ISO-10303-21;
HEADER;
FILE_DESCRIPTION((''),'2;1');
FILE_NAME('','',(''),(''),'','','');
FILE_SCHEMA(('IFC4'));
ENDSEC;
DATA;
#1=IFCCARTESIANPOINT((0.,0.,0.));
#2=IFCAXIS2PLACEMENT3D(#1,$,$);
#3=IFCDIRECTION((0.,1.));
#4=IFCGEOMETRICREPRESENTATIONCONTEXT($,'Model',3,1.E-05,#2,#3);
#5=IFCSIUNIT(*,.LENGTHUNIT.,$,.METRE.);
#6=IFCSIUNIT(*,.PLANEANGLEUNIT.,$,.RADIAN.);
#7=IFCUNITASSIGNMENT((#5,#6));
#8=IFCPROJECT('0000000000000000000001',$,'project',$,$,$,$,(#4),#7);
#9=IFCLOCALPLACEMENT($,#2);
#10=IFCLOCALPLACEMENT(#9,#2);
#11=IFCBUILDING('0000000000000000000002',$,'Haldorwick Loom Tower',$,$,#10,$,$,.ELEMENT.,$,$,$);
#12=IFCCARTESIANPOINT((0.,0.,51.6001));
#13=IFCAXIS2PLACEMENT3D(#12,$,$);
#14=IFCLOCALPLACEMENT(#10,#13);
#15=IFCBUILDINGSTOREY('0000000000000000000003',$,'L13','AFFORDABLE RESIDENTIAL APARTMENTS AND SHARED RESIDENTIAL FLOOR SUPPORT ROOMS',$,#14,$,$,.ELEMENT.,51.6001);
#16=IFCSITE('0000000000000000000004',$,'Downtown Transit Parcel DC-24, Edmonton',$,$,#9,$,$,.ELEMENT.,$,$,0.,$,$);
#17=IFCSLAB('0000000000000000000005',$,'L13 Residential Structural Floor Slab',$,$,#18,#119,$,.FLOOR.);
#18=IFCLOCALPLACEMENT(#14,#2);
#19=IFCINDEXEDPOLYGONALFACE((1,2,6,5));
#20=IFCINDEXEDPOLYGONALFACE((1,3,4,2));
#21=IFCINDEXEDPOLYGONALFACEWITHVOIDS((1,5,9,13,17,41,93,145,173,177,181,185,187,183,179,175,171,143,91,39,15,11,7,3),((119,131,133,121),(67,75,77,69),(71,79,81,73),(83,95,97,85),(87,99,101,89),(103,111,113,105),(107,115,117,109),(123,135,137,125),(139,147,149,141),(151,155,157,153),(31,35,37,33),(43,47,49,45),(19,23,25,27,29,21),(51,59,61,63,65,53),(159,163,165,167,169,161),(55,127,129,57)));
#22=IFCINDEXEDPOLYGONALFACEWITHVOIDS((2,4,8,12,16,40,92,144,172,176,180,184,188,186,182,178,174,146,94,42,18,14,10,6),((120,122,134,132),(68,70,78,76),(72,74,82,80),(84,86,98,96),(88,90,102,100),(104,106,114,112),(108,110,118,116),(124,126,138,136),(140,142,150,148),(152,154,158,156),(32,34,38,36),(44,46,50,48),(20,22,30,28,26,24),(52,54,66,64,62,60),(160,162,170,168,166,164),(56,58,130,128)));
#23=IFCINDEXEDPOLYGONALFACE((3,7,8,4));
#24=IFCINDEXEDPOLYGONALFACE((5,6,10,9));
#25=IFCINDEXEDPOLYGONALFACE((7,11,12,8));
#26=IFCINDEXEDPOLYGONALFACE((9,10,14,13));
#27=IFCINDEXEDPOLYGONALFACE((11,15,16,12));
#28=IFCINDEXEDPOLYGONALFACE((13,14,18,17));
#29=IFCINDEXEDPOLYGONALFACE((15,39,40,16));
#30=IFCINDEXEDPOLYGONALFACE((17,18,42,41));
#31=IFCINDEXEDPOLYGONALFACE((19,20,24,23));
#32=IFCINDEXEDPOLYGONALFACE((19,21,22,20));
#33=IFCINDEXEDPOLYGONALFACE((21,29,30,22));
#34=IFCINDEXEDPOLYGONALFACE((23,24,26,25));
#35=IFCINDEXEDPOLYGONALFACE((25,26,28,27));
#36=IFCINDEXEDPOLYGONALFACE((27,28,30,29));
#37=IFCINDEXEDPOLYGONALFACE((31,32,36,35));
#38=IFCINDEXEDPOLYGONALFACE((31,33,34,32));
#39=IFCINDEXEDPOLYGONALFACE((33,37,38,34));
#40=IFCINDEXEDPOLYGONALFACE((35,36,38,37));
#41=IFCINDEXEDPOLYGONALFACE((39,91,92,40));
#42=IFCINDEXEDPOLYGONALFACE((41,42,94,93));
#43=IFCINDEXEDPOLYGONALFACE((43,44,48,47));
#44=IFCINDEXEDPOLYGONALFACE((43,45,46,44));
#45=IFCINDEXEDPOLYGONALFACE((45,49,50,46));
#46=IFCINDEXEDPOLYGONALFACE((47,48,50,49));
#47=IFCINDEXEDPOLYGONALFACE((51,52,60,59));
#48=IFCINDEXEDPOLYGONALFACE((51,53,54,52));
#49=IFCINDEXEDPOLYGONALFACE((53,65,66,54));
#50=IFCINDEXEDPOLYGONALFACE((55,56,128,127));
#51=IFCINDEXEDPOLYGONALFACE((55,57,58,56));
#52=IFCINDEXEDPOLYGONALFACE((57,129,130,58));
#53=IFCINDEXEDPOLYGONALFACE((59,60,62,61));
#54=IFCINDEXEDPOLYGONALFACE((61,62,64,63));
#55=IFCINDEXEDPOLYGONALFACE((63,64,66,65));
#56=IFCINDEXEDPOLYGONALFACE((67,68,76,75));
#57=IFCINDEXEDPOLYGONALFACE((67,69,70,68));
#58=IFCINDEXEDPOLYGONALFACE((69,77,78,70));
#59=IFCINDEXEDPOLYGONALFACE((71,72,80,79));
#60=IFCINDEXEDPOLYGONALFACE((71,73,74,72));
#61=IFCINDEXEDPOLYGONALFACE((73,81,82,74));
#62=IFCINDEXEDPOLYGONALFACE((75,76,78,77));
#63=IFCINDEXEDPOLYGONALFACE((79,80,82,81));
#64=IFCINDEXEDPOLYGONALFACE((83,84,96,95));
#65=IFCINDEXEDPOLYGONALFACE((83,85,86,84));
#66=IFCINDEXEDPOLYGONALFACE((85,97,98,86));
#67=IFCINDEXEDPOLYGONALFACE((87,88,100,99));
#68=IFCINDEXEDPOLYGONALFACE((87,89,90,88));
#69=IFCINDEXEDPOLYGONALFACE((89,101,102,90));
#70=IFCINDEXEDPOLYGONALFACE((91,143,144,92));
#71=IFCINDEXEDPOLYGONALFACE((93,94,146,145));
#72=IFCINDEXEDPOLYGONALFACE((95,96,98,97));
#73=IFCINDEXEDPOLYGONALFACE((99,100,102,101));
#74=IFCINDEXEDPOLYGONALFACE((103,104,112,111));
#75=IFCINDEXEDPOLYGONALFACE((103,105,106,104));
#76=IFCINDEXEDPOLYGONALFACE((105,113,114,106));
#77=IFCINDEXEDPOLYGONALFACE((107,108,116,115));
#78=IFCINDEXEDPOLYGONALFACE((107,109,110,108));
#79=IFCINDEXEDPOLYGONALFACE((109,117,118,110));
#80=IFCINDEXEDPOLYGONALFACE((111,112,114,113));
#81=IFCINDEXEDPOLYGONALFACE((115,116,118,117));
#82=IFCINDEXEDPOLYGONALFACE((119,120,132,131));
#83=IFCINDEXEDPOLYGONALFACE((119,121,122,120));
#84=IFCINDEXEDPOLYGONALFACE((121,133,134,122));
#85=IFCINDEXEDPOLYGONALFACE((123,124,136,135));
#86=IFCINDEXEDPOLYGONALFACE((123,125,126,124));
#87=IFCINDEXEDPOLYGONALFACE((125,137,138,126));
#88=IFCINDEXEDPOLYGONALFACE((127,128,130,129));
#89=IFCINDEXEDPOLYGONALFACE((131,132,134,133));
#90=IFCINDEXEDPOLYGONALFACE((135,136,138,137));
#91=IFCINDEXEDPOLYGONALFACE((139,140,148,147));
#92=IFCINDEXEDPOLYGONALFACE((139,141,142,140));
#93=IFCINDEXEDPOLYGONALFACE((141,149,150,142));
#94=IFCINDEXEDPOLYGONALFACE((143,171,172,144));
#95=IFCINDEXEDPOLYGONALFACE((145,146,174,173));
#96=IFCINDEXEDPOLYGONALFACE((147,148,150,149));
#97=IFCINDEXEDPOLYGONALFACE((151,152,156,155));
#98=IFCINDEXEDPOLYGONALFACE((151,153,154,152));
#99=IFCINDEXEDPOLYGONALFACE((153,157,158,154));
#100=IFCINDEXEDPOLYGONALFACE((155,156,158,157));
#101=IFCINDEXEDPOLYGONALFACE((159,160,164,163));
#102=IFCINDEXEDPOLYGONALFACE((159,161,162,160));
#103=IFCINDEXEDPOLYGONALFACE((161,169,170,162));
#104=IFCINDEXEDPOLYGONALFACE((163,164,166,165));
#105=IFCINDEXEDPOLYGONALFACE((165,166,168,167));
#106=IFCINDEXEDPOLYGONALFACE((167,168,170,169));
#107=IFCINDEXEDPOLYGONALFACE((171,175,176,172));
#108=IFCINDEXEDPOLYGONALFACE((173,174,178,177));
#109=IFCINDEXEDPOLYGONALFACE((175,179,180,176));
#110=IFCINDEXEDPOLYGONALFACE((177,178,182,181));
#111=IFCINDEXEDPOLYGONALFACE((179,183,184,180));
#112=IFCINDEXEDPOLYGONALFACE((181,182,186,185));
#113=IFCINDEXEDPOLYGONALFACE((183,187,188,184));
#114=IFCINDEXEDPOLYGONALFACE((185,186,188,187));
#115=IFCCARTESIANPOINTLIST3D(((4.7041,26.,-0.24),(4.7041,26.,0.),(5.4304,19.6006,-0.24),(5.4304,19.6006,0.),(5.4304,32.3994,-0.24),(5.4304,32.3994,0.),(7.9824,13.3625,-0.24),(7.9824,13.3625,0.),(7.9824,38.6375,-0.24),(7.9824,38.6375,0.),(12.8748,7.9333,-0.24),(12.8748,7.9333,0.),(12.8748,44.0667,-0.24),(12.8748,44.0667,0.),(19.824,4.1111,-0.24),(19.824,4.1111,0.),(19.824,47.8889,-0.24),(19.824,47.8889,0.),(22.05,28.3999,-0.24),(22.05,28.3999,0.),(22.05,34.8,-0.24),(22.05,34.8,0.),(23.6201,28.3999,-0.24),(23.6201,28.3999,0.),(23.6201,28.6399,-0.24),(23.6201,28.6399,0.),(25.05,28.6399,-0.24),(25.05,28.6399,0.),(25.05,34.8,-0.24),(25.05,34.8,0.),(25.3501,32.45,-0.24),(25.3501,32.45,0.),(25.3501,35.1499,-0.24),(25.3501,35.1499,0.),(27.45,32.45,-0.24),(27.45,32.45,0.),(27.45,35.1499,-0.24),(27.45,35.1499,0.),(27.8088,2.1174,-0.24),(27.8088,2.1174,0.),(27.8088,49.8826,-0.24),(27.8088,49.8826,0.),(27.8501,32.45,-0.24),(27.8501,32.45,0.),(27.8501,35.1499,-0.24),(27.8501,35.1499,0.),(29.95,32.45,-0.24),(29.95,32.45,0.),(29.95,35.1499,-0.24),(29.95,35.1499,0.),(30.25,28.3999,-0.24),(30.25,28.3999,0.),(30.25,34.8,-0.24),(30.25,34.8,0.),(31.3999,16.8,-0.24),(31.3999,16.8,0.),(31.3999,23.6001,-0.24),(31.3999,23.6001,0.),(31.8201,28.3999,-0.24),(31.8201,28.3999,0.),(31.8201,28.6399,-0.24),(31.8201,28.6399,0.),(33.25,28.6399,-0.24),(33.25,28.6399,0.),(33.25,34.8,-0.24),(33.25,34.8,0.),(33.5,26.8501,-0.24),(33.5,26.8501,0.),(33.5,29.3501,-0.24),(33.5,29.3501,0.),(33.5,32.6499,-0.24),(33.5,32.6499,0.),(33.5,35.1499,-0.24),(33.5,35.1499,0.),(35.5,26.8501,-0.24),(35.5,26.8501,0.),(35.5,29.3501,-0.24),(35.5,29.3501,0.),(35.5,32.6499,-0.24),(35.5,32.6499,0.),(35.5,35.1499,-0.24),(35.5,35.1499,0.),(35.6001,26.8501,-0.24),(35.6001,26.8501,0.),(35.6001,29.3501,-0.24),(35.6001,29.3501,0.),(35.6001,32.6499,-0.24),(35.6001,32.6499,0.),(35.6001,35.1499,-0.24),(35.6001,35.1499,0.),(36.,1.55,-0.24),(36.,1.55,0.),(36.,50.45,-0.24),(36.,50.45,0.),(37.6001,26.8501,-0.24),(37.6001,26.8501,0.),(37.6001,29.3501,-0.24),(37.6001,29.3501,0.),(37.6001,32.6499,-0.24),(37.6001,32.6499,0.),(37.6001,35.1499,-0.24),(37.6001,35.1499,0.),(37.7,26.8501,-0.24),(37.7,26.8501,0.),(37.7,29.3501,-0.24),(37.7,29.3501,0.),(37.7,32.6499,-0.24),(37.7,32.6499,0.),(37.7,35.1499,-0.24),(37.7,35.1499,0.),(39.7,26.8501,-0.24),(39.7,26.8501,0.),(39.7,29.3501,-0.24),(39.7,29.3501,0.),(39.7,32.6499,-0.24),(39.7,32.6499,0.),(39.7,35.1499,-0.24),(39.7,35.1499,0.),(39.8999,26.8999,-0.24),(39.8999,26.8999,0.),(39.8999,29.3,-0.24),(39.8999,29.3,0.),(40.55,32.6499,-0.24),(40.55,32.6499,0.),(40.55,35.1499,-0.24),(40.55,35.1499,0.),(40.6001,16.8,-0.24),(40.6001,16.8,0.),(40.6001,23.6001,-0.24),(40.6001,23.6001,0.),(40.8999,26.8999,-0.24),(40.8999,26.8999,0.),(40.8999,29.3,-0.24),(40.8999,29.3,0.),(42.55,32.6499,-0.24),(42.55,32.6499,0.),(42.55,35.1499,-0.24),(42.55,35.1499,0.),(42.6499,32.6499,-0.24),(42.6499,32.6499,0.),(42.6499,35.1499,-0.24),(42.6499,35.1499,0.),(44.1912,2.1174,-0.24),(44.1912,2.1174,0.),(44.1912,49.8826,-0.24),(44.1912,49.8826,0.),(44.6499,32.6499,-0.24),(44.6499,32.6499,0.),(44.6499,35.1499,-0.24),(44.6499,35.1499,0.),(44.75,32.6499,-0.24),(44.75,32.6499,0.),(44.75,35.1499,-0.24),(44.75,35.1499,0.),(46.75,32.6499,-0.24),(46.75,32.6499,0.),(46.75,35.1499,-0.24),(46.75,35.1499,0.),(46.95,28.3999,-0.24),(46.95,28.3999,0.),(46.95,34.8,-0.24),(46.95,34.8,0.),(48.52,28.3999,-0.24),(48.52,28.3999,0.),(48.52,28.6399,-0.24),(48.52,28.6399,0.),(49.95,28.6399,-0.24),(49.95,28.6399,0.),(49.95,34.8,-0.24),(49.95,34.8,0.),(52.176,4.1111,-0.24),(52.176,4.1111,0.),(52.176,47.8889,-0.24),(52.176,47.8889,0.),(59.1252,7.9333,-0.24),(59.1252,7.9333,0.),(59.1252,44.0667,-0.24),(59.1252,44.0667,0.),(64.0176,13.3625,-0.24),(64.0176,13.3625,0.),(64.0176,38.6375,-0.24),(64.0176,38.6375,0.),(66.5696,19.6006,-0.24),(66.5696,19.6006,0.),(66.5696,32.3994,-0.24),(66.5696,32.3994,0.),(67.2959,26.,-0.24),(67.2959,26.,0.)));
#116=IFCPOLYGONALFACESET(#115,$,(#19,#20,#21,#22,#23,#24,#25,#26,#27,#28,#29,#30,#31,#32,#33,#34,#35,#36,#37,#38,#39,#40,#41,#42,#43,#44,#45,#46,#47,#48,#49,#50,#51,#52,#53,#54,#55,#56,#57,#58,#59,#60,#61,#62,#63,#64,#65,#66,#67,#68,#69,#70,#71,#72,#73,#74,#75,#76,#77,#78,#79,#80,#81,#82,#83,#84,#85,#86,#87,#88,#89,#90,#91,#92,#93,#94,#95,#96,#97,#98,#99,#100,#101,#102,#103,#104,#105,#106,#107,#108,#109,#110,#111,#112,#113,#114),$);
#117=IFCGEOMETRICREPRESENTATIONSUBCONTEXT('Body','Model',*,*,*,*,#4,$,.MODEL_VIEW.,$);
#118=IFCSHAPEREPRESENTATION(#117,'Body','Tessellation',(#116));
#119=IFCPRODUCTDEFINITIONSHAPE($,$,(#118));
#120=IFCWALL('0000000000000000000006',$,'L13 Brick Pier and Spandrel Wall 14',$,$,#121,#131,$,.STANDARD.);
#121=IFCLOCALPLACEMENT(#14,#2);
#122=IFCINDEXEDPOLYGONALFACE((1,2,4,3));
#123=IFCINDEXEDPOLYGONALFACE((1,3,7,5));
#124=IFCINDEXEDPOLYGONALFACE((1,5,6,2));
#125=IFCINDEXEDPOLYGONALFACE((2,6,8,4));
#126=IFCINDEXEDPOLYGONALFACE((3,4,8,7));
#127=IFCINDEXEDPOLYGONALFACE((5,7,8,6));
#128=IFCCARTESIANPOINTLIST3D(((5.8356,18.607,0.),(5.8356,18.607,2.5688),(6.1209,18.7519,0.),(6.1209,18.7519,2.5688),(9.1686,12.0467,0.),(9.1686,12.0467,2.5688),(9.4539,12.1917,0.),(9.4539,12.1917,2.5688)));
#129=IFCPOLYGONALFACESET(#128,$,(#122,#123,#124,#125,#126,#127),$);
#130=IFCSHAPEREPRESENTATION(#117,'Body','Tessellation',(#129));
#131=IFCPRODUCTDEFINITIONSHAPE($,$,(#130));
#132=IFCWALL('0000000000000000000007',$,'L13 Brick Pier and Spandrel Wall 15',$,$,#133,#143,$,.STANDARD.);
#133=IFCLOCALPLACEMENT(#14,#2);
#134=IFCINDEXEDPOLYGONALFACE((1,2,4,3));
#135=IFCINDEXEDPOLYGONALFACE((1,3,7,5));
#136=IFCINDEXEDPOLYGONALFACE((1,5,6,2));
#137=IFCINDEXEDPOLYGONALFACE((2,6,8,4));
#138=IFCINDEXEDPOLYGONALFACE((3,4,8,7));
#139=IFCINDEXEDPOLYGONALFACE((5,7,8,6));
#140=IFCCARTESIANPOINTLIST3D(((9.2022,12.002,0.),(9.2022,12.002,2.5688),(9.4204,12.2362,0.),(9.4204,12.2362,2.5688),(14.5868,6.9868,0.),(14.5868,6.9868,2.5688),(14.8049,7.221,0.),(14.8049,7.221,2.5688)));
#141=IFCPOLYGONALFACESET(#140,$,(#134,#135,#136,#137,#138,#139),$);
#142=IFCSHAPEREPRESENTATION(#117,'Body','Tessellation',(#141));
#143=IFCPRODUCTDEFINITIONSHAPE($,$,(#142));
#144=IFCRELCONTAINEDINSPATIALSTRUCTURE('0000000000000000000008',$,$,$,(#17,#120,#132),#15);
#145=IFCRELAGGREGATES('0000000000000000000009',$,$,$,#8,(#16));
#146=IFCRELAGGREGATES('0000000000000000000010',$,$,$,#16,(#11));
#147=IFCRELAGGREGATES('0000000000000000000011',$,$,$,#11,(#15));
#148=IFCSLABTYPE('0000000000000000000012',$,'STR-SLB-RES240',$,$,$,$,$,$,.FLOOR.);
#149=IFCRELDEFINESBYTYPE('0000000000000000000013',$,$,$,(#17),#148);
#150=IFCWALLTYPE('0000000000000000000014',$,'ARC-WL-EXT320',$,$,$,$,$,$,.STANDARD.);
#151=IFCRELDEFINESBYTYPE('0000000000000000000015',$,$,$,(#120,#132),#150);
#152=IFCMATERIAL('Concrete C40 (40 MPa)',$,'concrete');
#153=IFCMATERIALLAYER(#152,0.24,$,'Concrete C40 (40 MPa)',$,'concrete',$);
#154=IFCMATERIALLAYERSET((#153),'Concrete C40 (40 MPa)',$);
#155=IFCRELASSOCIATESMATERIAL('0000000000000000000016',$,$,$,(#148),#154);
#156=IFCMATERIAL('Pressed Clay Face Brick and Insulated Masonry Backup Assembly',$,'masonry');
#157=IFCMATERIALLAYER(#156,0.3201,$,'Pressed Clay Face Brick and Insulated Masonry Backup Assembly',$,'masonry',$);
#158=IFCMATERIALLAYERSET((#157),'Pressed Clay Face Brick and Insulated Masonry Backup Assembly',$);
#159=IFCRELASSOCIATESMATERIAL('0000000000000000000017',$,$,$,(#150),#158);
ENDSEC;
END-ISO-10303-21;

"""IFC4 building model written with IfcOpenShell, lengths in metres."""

from ifc_helpers import new_model, si_unit, direction, frame, frame_2d, origin, place, context, subcontext, project, spatial, polyline, rectangle, outline, extrude, material, layer, layer_set, type_object, element, save


model = new_model("IFC4")

# Units and contexts
model_context = context("Model", 3, precision=1e-05, world=origin(), true_north=direction((0.0, 1.0)))
body_context = subcontext(model_context, "Body", "Model", "MODEL_VIEW")
ifc_project = project(units=[si_unit("LENGTHUNIT", "METRE"), si_unit("PLANEANGLEUNIT", "RADIAN")], contexts=[model_context])

# Site, building, storey
site_placement = place(None, origin())
site = spatial("IfcSite", under=ifc_project, at=site_placement, Name="Downtown Transit Parcel DC-24, Edmonton", CompositionType="ELEMENT", RefElevation=0.0)
building_placement = place(site_placement, origin())
building = spatial("IfcBuilding", under=site, at=building_placement, Name="Haldorwick Loom Tower", CompositionType="ELEMENT")
storey_placement = place(building_placement, frame((0.0, 0.0, 51.6001)))
storey = spatial("IfcBuildingStorey", under=building, at=storey_placement, Name="L13", Description="AFFORDABLE RESIDENTIAL APARTMENTS AND SHARED RESIDENTIAL FLOOR SUPPORT ROOMS", CompositionType="ELEMENT", Elevation=51.6001)

# Shared definitions
ifc_material_1 = material(Name="Concrete C40 (40 MPa)", Category="concrete")

# Slab
ifc_layer_1 = layer(ifc_material_1, 0.24, Name="Concrete C40 (40 MPa)", Category="concrete")
ifc_layer_set_1 = layer_set([ifc_layer_1], Name="Concrete C40 (40 MPa)")
slab_type_1 = type_object("IfcSlabType", Name="STR-SLB-RES240", PredefinedType="FLOOR", material=ifc_layer_set_1)
slab_1_placement = place(storey_placement, frame((0.0, 0.0, -0.24)))
element("IfcSlab", 1, at=slab_1_placement, inside=storey, type_object=slab_type_1, Name="L13 Residential Structural Floor Slab", PredefinedType="FLOOR", context=body_context, shape_type="SweptSolid", body=[
    extrude(outline(polyline([(59.1252, 7.9333), (64.0176, 13.3625), (66.5696, 19.6006), (67.2959, 26.0), (66.5696, 32.3994), (64.0176, 38.6375), (59.1252, 44.0667), (52.176, 47.8889), (44.1912, 49.8826), (36.0, 50.45), (27.8088, 49.8826), (19.824, 47.8889), (12.8748, 44.0667), (7.9824, 38.6375), (5.4304, 32.3994), (4.7041, 26.0), (5.4304, 19.6006), (7.9824, 13.3625), (12.8748, 7.9333), (19.824, 4.1111), (27.8088, 2.1174), (36.0, 1.55), (44.1912, 2.1174), (52.176, 4.1111), (59.1252, 7.9333)]), holes=[polyline([(31.3999, 23.6001), (40.6001, 23.6001), (40.6001, 16.8), (31.3999, 16.8), (31.3999, 23.6001)]), polyline([(33.5, 26.8501), (33.5, 29.3501), (35.5, 29.3501), (35.5, 26.8501), (33.5, 26.8501)]), polyline([(22.05, 28.3999), (22.05, 34.8), (25.05, 34.8), (25.05, 28.6399), (23.6201, 28.6399), (23.6201, 28.3999), (22.05, 28.3999)]), polyline([(30.25, 28.3999), (30.25, 34.8), (33.25, 34.8), (33.25, 28.6399), (31.8201, 28.6399), (31.8201, 28.3999), (30.25, 28.3999)]), polyline([(25.3501, 32.45), (25.3501, 35.1499), (27.45, 35.1499), (27.45, 32.45), (25.3501, 32.45)]), polyline([(27.8501, 32.45), (27.8501, 35.1499), (29.95, 35.1499), (29.95, 32.45), (27.8501, 32.45)]), polyline([(33.5, 32.6499), (33.5, 35.1499), (35.5, 35.1499), (35.5, 32.6499), (33.5, 32.6499)]), polyline([(35.6001, 32.6499), (35.6001, 35.1499), (37.6001, 35.1499), (37.6001, 32.6499), (35.6001, 32.6499)]), polyline([(35.6001, 26.8501), (35.6001, 29.3501), (37.6001, 29.3501), (37.6001, 26.8501), (35.6001, 26.8501)]), polyline([(37.7, 26.8501), (37.7, 29.3501), (39.7, 29.3501), (39.7, 26.8501), (37.7, 26.8501)]), polyline([(39.8999, 26.8999), (39.8999, 29.3), (40.8999, 29.3), (40.8999, 26.8999), (39.8999, 26.8999)]), polyline([(46.95, 28.3999), (46.95, 34.8), (49.95, 34.8), (49.95, 28.6399), (48.52, 28.6399), (48.52, 28.3999), (46.95, 28.3999)]), polyline([(37.7, 32.6499), (37.7, 35.1499), (39.7, 35.1499), (39.7, 32.6499), (37.7, 32.6499)]), polyline([(40.55, 32.6499), (40.55, 35.1499), (42.55, 35.1499), (42.55, 32.6499), (40.55, 32.6499)]), polyline([(42.6499, 32.6499), (42.6499, 35.1499), (44.6499, 35.1499), (44.6499, 32.6499), (42.6499, 32.6499)]), polyline([(44.75, 32.6499), (44.75, 35.1499), (46.75, 35.1499), (46.75, 32.6499), (44.75, 32.6499)])]), origin(), (0.0, 0.0, 1.0), 0.24),
])

# Walls
ifc_material_2 = material(Name="Pressed Clay Face Brick and Insulated Masonry Backup Assembly", Category="masonry")
ifc_layer_2 = layer(ifc_material_2, 0.3201, Name="Pressed Clay Face Brick and Insulated Masonry Backup Assembly", Category="masonry")
ifc_layer_set_2 = layer_set([ifc_layer_2], Name="Pressed Clay Face Brick and Insulated Masonry Backup Assembly")
wall_type_1 = type_object("IfcWallType", Name="ARC-WL-EXT320", PredefinedType="STANDARD", material=ifc_layer_set_2)
for number, where, z_axis, x_axis, name in (
    (2, (5.9783, 18.6794, 0.0), (0.0, 0.0, 1.0), (0.452951, -0.891535, 0.0), "L13 Brick Pier and Spandrel Wall 14"),
    (3, (9.3113, 12.1191, 0.0), (0.0, 0.0, 1.0), (0.731761, -0.681561, 0.0), "L13 Brick Pier and Spandrel Wall 15"),
):
    element("IfcWall", number, at=place(storey_placement, frame(where, z_axis=z_axis, x_axis=x_axis)), inside=storey, type_object=wall_type_1, Name=name, PredefinedType="STANDARD", context=body_context, shape_type="SweptSolid", body=[
        extrude(rectangle(XDim=7.3584, YDim=0.3201, at=frame_2d((3.6792, 0.0))), origin(), (0.0, 0.0, 1.0), 2.5688),
    ])

save(model, "model.ifc")
